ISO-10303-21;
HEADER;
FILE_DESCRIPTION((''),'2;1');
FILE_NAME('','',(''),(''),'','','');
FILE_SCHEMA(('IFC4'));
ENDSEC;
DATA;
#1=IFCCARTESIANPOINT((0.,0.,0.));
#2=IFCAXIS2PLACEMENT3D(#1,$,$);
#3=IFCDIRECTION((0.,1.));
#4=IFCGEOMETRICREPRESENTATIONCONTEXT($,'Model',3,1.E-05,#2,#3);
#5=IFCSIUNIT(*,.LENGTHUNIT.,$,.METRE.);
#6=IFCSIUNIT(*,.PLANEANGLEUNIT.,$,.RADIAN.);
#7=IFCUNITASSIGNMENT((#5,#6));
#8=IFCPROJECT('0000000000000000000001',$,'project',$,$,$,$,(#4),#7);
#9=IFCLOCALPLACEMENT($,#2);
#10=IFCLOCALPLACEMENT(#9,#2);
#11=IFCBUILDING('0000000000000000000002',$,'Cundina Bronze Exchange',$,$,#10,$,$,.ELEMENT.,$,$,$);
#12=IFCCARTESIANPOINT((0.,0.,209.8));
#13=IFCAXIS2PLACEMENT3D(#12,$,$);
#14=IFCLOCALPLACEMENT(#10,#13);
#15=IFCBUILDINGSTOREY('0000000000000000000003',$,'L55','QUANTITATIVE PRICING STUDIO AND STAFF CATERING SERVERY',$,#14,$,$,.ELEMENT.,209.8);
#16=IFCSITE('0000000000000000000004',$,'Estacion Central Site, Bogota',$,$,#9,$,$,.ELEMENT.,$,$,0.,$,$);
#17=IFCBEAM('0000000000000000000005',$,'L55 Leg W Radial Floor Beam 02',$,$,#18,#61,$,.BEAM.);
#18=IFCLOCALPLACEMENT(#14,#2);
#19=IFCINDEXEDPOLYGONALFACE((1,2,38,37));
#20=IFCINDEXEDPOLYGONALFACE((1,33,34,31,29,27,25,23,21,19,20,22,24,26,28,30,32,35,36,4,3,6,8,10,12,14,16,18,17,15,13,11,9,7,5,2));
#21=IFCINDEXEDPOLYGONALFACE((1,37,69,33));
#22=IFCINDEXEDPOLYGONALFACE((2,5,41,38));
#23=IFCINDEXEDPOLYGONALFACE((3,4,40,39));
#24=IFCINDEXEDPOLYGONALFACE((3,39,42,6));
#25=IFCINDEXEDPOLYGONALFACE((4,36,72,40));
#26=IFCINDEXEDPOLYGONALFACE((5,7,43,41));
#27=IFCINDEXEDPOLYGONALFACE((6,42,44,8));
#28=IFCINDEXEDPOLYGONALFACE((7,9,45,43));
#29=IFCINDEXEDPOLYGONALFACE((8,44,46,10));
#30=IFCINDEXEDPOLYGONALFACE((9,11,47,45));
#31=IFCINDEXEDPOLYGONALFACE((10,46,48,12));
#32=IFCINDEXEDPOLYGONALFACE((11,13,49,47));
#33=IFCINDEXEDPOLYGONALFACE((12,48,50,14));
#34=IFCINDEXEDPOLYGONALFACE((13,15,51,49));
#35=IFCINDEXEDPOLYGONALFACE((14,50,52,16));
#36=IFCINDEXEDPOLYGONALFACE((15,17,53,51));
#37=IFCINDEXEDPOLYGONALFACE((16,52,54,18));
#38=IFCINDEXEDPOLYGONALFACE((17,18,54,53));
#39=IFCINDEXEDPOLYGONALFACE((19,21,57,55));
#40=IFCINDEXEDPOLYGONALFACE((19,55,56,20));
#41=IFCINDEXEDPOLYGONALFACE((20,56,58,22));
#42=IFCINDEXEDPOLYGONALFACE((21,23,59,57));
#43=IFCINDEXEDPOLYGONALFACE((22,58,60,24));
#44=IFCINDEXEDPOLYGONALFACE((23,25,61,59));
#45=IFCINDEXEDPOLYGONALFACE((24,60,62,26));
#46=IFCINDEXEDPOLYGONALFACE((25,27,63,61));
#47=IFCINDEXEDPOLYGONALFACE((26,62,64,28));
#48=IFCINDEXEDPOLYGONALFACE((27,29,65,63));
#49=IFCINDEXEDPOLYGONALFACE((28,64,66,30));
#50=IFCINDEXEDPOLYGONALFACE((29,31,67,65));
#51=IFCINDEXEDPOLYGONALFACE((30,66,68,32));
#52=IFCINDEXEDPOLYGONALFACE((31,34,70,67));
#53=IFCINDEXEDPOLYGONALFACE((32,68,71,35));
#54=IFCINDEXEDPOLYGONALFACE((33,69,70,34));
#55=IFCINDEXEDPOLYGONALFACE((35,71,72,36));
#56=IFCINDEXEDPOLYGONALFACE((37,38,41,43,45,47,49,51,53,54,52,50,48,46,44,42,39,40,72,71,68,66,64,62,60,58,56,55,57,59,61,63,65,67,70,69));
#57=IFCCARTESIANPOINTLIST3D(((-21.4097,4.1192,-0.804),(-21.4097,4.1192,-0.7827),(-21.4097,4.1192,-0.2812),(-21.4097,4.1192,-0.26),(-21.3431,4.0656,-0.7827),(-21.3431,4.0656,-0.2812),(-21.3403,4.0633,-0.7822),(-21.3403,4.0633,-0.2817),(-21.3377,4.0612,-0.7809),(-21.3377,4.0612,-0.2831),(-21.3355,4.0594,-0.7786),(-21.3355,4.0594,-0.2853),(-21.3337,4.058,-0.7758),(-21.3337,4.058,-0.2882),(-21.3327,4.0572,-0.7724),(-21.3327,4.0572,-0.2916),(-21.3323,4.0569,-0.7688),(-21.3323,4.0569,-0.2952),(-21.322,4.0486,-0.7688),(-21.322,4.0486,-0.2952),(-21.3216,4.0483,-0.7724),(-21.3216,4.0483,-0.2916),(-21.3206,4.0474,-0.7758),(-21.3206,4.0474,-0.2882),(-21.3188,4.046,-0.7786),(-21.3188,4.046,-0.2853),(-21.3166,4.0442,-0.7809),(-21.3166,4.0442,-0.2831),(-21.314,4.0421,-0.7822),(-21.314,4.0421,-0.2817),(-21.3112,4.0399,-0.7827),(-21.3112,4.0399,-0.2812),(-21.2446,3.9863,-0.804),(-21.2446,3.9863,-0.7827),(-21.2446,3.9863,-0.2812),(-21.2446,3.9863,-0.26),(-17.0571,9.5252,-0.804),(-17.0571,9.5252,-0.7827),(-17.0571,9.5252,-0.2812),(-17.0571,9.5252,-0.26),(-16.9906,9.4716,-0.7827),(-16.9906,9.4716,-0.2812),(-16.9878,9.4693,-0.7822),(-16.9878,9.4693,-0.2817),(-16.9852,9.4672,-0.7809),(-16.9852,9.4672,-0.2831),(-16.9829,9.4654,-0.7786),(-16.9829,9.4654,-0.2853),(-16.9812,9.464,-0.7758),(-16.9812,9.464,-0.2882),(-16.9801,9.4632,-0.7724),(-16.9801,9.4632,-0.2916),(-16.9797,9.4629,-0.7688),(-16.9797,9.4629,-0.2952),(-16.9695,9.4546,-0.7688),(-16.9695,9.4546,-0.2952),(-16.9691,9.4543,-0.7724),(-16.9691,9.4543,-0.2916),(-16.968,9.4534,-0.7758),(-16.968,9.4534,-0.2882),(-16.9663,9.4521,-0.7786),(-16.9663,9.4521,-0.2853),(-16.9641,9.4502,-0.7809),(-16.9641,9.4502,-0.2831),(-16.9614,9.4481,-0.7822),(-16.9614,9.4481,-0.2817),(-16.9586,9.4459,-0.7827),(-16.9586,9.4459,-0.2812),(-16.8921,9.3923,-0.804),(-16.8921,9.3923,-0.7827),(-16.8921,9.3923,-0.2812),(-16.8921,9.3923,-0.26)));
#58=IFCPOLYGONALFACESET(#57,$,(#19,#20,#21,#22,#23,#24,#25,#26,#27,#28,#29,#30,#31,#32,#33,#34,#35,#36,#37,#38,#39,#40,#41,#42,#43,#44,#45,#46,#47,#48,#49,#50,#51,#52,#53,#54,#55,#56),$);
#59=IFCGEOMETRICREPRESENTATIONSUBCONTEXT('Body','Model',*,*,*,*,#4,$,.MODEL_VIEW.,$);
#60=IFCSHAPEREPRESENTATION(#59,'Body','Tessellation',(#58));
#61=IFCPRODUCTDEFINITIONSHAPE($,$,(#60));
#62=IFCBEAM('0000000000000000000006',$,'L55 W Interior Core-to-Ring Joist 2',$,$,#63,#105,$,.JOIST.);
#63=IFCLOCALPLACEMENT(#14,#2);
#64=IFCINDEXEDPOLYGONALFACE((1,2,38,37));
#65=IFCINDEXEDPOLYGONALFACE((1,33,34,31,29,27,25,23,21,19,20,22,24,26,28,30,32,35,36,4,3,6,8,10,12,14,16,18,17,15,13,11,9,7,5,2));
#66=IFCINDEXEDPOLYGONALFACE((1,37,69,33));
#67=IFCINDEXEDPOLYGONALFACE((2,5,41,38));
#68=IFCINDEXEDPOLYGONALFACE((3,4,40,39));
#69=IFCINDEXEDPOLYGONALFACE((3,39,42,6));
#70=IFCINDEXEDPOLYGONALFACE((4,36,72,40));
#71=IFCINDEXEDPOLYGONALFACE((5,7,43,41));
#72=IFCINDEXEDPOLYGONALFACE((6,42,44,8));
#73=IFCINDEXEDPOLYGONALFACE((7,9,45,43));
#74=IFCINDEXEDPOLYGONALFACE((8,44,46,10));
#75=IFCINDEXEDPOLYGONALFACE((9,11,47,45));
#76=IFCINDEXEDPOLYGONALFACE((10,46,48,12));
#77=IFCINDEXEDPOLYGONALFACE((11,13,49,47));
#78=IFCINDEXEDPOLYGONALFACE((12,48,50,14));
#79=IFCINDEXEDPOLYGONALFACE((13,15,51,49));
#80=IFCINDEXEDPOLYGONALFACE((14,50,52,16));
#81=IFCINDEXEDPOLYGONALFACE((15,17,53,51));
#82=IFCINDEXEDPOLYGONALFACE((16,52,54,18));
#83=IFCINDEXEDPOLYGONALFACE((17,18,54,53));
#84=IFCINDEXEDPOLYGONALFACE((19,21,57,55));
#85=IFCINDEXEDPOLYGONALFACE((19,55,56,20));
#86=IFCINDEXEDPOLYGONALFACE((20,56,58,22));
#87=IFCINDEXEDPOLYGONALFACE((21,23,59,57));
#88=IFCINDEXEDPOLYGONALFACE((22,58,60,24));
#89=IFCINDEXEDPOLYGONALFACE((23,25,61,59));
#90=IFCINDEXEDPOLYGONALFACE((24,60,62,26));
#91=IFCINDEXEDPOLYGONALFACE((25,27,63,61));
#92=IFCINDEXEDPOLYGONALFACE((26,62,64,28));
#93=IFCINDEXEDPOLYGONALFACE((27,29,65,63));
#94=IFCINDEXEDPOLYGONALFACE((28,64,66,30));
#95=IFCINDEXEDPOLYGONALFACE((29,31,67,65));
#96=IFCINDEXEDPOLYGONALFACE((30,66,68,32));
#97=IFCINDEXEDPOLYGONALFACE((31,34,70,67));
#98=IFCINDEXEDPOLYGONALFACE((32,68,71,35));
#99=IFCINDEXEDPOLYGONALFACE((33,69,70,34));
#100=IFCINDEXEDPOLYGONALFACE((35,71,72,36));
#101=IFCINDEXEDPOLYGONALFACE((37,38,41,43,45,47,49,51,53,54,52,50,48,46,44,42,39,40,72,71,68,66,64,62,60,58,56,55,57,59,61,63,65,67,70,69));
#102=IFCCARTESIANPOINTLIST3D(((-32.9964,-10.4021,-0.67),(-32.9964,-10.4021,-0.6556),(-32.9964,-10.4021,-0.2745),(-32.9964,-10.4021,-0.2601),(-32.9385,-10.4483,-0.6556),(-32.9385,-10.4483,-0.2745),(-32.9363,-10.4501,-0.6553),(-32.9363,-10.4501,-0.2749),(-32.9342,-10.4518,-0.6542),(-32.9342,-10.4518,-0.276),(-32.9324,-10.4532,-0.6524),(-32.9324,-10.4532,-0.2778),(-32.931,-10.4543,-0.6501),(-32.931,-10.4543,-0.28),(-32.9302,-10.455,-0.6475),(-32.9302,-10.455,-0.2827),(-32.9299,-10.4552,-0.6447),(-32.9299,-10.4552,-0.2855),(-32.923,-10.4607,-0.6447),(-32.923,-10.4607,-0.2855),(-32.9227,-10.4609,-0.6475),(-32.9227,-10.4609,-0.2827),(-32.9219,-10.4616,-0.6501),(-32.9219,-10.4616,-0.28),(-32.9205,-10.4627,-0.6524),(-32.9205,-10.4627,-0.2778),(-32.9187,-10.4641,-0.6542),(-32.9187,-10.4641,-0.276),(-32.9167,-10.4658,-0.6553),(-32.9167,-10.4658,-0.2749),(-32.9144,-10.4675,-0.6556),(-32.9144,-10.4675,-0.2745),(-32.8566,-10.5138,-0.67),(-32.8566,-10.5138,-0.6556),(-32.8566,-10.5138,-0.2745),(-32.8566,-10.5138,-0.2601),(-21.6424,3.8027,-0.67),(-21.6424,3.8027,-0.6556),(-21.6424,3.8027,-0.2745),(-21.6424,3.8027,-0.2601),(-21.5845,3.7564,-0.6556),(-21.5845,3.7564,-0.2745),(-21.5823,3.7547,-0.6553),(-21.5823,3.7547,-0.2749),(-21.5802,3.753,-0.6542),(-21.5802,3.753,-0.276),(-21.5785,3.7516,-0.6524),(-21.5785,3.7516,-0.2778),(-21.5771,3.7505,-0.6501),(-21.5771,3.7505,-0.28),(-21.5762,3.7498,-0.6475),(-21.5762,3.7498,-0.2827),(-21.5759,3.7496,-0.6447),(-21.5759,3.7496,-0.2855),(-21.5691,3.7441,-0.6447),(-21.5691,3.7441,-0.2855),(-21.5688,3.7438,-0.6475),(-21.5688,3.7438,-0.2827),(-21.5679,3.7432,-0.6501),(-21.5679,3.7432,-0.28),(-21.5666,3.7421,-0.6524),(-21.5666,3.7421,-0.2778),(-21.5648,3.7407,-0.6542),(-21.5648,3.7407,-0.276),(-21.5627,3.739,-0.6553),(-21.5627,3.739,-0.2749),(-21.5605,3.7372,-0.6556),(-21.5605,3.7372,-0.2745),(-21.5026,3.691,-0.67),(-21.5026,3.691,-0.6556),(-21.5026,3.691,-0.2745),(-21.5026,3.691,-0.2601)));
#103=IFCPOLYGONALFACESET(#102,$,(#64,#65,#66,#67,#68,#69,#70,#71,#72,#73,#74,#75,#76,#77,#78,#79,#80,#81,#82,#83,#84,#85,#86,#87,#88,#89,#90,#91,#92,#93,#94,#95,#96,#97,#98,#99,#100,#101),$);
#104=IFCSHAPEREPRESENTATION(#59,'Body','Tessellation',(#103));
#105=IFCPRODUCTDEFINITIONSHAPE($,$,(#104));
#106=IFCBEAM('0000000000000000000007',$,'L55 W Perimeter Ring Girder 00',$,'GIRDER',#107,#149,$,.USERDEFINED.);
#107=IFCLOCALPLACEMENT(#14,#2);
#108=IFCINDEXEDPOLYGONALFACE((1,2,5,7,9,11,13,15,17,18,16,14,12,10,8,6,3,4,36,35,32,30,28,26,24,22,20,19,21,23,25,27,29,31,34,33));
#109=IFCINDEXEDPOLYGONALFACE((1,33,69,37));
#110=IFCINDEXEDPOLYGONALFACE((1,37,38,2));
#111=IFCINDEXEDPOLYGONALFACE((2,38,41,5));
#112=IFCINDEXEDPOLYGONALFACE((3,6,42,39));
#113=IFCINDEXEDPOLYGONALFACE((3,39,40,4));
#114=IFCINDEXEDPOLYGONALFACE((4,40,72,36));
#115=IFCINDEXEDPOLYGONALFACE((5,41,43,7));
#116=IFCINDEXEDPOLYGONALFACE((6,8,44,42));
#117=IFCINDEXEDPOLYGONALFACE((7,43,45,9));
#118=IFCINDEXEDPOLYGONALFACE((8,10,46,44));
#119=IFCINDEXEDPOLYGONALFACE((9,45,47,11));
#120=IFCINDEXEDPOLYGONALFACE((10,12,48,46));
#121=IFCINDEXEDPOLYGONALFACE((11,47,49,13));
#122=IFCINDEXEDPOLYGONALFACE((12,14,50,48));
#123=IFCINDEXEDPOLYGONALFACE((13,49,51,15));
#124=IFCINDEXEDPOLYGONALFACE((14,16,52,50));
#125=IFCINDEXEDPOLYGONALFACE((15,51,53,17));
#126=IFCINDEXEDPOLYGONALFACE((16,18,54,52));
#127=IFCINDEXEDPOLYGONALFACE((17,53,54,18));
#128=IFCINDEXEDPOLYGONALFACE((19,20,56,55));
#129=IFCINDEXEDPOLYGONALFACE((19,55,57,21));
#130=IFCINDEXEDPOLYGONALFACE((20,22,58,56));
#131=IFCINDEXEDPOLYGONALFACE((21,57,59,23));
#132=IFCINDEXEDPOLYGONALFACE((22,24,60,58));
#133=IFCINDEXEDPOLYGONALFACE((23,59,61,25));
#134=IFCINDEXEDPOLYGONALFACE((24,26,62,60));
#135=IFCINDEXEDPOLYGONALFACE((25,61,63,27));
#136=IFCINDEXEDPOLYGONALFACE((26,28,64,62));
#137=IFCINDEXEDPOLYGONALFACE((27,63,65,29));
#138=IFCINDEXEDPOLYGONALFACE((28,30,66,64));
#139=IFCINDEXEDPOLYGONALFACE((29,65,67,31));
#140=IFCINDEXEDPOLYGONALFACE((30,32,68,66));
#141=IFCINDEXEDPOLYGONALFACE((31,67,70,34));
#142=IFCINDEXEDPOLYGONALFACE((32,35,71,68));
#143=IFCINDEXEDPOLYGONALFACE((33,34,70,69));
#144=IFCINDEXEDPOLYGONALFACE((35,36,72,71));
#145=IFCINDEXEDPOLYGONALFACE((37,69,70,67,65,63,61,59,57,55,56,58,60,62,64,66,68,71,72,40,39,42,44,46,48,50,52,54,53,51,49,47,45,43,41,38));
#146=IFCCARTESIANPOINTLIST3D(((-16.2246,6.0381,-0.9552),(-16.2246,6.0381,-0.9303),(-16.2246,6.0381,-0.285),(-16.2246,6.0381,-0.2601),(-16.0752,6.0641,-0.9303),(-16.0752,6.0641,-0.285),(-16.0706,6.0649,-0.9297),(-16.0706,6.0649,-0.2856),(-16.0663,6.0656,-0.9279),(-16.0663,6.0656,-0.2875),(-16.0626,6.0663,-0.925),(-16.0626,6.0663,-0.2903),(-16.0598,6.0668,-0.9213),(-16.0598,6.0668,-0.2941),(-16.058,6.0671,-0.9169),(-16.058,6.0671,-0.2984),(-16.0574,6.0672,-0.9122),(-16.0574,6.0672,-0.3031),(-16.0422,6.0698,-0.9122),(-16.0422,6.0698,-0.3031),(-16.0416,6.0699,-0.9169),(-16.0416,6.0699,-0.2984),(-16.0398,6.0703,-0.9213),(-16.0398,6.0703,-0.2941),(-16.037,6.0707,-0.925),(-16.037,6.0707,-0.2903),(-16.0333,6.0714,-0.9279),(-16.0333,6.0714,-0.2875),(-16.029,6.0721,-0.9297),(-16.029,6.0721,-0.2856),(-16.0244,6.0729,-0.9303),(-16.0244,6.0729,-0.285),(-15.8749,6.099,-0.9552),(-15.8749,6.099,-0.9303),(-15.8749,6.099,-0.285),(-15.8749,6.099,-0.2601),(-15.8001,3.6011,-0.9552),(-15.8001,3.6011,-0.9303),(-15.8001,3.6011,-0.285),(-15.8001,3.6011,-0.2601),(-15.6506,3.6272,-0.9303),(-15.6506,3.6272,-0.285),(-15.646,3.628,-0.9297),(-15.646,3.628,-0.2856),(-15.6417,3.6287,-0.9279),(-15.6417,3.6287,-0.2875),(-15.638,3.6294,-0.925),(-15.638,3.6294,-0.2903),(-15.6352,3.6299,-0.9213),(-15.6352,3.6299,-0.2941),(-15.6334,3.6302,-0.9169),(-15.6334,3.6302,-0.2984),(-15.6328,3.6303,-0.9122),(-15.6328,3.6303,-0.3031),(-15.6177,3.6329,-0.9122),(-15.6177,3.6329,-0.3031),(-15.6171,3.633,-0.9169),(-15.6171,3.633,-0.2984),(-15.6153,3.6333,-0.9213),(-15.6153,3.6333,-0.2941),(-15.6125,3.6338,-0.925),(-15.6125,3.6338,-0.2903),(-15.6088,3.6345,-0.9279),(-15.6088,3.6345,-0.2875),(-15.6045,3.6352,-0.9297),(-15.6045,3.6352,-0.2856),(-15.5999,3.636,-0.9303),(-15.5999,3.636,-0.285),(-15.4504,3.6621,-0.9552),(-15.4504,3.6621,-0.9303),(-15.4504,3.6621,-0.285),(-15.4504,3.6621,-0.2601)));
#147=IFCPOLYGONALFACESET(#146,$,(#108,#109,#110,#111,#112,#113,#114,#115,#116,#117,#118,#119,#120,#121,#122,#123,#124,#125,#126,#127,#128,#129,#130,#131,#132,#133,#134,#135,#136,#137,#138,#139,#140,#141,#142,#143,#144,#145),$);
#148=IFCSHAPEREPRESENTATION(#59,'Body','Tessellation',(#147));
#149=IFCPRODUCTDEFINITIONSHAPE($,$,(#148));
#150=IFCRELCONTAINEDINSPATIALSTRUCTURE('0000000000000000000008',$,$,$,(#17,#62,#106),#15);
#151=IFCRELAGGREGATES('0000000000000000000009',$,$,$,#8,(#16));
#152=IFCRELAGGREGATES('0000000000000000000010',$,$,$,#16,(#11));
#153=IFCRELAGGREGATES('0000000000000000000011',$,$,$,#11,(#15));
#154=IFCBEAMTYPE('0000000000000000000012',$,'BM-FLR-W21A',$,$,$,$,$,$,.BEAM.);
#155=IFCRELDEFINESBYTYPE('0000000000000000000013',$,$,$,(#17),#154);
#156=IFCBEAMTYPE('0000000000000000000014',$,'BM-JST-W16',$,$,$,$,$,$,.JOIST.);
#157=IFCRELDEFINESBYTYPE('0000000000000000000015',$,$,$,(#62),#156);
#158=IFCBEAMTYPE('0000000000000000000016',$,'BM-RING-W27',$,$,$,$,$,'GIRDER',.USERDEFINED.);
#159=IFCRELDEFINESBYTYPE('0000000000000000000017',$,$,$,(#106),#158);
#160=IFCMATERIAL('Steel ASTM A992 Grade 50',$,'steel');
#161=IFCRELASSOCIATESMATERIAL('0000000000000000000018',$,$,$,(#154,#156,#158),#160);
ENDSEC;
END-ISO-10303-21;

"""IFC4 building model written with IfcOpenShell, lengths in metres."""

from ifc_helpers import new_model, si_unit, direction, frame, origin, origin_2d, place, context, subcontext, project, spatial, i_section, extrude, material, material_profile, profile_set, type_object, element, save


model = new_model("IFC4")

# Units and contexts
model_context = context("Model", 3, precision=1e-05, world=origin(), true_north=direction((0.0, 1.0)))
body_context = subcontext(model_context, "Body", "Model", "MODEL_VIEW")
ifc_project = project(units=[si_unit("LENGTHUNIT", "METRE"), si_unit("PLANEANGLEUNIT", "RADIAN")], contexts=[model_context])

# Site, building, storey
site_placement = place(None, origin())
site = spatial("IfcSite", under=ifc_project, at=site_placement, Name="Estacion Central Site, Bogota", CompositionType="ELEMENT", RefElevation=0.0)
building_placement = place(site_placement, origin())
building = spatial("IfcBuilding", under=site, at=building_placement, Name="Cundina Bronze Exchange", CompositionType="ELEMENT")
storey_placement = place(building_placement, frame((0.0, 0.0, 209.8)))
storey = spatial("IfcBuildingStorey", under=building, at=storey_placement, Name="L55", Description="QUANTITATIVE PRICING STUDIO AND STAFF CATERING SERVERY", CompositionType="ELEMENT", Elevation=209.8)

# Shared definitions
ifc_material_1 = material(Name="Steel ASTM A992 Grade 50", Category="steel")

# Beams
ifc_material_profile_1 = material_profile(ifc_material_1, i_section(OverallWidth=0.2119, OverallDepth=0.5439, WebThickness=0.0132, FlangeThickness=0.0212, FilletRadius=0.0139, at=origin_2d()), Name="W21X83", Category="steel")
ifc_profile_set_1 = profile_set([ifc_material_profile_1], Name="Steel ASTM A992 Grade 50")
beam_type_1 = type_object("IfcBeamType", Name="BM-FLR-W21A", PredefinedType="BEAM", material=ifc_profile_set_1)
beam_1_placement = place(storey_placement, frame((-21.3271, 4.0527, -0.532), z_axis=(0.627129, 0.778916, 0.0), x_axis=(-0.778916, 0.627129, 0.0)))
element("IfcBeam", 1, at=beam_1_placement, inside=storey, type_object=beam_type_1, Name="L55 Leg W Radial Floor Beam 02", PredefinedType="BEAM", context=body_context, shape_type="SweptSolid", body=[
    extrude(i_section(OverallWidth=0.2119, OverallDepth=0.5439, WebThickness=0.0132, FlangeThickness=0.0212, FilletRadius=0.0139, at=origin_2d()), origin(), (0.0, 0.0, 1.0), 6.9404),
])
ifc_material_profile_2 = material_profile(ifc_material_1, i_section(OverallWidth=0.179, OverallDepth=0.4099, WebThickness=0.0088, FlangeThickness=0.0144, FilletRadius=0.011, at=origin_2d()), Name="W16X45", Category="steel")
ifc_profile_set_2 = profile_set([ifc_material_profile_2], Name="Steel ASTM A992 Grade 50")
beam_type_2 = type_object("IfcBeamType", Name="BM-JST-W16", PredefinedType="JOIST", material=ifc_profile_set_2)
beam_2_placement = place(storey_placement, frame((-21.5725, 3.7468, -0.4651), z_axis=(-0.624364, -0.781133, 0.0), x_axis=(0.781133, -0.624364, 0.0)))
element("IfcBeam", 2, at=beam_2_placement, inside=storey, type_object=beam_type_2, Name="L55 W Interior Core-to-Ring Joist 2", PredefinedType="JOIST", context=body_context, shape_type="SweptSolid", body=[
    extrude(i_section(OverallWidth=0.179, OverallDepth=0.4099, WebThickness=0.0088, FlangeThickness=0.0144, FilletRadius=0.011, at=origin_2d()), origin(), (0.0, 0.0, 1.0), 18.1848),
])
ifc_material_profile_3 = material_profile(ifc_material_1, i_section(OverallWidth=0.355, OverallDepth=0.6951, WebThickness=0.0154, FlangeThickness=0.0249, FilletRadius=0.0181, at=origin_2d()), Name="W27X146", Category="steel")
ifc_profile_set_3 = profile_set([ifc_material_profile_3], Name="Steel ASTM A992 Grade 50")
beam_type_3 = type_object("IfcBeamType", Name="BM-RING-W27", ElementType="GIRDER", PredefinedType="USERDEFINED", material=ifc_profile_set_3)
beam_3_placement = place(storey_placement, frame((-15.6252, 3.6316, -0.6077), z_axis=(-0.171629, 0.985162, 0.0), x_axis=(-0.985162, -0.171629, 0.0)))
element("IfcBeam", 3, at=beam_3_placement, inside=storey, type_object=beam_type_3, Name="L55 W Perimeter Ring Girder 00", ObjectType="GIRDER", PredefinedType="USERDEFINED", context=body_context, shape_type="SweptSolid", body=[
    extrude(i_section(OverallWidth=0.355, OverallDepth=0.6951, WebThickness=0.0154, FlangeThickness=0.0249, FilletRadius=0.0181, at=origin_2d()), origin(), (0.0, 0.0, 1.0), 2.4736),
])

save(model, "model.ifc")
